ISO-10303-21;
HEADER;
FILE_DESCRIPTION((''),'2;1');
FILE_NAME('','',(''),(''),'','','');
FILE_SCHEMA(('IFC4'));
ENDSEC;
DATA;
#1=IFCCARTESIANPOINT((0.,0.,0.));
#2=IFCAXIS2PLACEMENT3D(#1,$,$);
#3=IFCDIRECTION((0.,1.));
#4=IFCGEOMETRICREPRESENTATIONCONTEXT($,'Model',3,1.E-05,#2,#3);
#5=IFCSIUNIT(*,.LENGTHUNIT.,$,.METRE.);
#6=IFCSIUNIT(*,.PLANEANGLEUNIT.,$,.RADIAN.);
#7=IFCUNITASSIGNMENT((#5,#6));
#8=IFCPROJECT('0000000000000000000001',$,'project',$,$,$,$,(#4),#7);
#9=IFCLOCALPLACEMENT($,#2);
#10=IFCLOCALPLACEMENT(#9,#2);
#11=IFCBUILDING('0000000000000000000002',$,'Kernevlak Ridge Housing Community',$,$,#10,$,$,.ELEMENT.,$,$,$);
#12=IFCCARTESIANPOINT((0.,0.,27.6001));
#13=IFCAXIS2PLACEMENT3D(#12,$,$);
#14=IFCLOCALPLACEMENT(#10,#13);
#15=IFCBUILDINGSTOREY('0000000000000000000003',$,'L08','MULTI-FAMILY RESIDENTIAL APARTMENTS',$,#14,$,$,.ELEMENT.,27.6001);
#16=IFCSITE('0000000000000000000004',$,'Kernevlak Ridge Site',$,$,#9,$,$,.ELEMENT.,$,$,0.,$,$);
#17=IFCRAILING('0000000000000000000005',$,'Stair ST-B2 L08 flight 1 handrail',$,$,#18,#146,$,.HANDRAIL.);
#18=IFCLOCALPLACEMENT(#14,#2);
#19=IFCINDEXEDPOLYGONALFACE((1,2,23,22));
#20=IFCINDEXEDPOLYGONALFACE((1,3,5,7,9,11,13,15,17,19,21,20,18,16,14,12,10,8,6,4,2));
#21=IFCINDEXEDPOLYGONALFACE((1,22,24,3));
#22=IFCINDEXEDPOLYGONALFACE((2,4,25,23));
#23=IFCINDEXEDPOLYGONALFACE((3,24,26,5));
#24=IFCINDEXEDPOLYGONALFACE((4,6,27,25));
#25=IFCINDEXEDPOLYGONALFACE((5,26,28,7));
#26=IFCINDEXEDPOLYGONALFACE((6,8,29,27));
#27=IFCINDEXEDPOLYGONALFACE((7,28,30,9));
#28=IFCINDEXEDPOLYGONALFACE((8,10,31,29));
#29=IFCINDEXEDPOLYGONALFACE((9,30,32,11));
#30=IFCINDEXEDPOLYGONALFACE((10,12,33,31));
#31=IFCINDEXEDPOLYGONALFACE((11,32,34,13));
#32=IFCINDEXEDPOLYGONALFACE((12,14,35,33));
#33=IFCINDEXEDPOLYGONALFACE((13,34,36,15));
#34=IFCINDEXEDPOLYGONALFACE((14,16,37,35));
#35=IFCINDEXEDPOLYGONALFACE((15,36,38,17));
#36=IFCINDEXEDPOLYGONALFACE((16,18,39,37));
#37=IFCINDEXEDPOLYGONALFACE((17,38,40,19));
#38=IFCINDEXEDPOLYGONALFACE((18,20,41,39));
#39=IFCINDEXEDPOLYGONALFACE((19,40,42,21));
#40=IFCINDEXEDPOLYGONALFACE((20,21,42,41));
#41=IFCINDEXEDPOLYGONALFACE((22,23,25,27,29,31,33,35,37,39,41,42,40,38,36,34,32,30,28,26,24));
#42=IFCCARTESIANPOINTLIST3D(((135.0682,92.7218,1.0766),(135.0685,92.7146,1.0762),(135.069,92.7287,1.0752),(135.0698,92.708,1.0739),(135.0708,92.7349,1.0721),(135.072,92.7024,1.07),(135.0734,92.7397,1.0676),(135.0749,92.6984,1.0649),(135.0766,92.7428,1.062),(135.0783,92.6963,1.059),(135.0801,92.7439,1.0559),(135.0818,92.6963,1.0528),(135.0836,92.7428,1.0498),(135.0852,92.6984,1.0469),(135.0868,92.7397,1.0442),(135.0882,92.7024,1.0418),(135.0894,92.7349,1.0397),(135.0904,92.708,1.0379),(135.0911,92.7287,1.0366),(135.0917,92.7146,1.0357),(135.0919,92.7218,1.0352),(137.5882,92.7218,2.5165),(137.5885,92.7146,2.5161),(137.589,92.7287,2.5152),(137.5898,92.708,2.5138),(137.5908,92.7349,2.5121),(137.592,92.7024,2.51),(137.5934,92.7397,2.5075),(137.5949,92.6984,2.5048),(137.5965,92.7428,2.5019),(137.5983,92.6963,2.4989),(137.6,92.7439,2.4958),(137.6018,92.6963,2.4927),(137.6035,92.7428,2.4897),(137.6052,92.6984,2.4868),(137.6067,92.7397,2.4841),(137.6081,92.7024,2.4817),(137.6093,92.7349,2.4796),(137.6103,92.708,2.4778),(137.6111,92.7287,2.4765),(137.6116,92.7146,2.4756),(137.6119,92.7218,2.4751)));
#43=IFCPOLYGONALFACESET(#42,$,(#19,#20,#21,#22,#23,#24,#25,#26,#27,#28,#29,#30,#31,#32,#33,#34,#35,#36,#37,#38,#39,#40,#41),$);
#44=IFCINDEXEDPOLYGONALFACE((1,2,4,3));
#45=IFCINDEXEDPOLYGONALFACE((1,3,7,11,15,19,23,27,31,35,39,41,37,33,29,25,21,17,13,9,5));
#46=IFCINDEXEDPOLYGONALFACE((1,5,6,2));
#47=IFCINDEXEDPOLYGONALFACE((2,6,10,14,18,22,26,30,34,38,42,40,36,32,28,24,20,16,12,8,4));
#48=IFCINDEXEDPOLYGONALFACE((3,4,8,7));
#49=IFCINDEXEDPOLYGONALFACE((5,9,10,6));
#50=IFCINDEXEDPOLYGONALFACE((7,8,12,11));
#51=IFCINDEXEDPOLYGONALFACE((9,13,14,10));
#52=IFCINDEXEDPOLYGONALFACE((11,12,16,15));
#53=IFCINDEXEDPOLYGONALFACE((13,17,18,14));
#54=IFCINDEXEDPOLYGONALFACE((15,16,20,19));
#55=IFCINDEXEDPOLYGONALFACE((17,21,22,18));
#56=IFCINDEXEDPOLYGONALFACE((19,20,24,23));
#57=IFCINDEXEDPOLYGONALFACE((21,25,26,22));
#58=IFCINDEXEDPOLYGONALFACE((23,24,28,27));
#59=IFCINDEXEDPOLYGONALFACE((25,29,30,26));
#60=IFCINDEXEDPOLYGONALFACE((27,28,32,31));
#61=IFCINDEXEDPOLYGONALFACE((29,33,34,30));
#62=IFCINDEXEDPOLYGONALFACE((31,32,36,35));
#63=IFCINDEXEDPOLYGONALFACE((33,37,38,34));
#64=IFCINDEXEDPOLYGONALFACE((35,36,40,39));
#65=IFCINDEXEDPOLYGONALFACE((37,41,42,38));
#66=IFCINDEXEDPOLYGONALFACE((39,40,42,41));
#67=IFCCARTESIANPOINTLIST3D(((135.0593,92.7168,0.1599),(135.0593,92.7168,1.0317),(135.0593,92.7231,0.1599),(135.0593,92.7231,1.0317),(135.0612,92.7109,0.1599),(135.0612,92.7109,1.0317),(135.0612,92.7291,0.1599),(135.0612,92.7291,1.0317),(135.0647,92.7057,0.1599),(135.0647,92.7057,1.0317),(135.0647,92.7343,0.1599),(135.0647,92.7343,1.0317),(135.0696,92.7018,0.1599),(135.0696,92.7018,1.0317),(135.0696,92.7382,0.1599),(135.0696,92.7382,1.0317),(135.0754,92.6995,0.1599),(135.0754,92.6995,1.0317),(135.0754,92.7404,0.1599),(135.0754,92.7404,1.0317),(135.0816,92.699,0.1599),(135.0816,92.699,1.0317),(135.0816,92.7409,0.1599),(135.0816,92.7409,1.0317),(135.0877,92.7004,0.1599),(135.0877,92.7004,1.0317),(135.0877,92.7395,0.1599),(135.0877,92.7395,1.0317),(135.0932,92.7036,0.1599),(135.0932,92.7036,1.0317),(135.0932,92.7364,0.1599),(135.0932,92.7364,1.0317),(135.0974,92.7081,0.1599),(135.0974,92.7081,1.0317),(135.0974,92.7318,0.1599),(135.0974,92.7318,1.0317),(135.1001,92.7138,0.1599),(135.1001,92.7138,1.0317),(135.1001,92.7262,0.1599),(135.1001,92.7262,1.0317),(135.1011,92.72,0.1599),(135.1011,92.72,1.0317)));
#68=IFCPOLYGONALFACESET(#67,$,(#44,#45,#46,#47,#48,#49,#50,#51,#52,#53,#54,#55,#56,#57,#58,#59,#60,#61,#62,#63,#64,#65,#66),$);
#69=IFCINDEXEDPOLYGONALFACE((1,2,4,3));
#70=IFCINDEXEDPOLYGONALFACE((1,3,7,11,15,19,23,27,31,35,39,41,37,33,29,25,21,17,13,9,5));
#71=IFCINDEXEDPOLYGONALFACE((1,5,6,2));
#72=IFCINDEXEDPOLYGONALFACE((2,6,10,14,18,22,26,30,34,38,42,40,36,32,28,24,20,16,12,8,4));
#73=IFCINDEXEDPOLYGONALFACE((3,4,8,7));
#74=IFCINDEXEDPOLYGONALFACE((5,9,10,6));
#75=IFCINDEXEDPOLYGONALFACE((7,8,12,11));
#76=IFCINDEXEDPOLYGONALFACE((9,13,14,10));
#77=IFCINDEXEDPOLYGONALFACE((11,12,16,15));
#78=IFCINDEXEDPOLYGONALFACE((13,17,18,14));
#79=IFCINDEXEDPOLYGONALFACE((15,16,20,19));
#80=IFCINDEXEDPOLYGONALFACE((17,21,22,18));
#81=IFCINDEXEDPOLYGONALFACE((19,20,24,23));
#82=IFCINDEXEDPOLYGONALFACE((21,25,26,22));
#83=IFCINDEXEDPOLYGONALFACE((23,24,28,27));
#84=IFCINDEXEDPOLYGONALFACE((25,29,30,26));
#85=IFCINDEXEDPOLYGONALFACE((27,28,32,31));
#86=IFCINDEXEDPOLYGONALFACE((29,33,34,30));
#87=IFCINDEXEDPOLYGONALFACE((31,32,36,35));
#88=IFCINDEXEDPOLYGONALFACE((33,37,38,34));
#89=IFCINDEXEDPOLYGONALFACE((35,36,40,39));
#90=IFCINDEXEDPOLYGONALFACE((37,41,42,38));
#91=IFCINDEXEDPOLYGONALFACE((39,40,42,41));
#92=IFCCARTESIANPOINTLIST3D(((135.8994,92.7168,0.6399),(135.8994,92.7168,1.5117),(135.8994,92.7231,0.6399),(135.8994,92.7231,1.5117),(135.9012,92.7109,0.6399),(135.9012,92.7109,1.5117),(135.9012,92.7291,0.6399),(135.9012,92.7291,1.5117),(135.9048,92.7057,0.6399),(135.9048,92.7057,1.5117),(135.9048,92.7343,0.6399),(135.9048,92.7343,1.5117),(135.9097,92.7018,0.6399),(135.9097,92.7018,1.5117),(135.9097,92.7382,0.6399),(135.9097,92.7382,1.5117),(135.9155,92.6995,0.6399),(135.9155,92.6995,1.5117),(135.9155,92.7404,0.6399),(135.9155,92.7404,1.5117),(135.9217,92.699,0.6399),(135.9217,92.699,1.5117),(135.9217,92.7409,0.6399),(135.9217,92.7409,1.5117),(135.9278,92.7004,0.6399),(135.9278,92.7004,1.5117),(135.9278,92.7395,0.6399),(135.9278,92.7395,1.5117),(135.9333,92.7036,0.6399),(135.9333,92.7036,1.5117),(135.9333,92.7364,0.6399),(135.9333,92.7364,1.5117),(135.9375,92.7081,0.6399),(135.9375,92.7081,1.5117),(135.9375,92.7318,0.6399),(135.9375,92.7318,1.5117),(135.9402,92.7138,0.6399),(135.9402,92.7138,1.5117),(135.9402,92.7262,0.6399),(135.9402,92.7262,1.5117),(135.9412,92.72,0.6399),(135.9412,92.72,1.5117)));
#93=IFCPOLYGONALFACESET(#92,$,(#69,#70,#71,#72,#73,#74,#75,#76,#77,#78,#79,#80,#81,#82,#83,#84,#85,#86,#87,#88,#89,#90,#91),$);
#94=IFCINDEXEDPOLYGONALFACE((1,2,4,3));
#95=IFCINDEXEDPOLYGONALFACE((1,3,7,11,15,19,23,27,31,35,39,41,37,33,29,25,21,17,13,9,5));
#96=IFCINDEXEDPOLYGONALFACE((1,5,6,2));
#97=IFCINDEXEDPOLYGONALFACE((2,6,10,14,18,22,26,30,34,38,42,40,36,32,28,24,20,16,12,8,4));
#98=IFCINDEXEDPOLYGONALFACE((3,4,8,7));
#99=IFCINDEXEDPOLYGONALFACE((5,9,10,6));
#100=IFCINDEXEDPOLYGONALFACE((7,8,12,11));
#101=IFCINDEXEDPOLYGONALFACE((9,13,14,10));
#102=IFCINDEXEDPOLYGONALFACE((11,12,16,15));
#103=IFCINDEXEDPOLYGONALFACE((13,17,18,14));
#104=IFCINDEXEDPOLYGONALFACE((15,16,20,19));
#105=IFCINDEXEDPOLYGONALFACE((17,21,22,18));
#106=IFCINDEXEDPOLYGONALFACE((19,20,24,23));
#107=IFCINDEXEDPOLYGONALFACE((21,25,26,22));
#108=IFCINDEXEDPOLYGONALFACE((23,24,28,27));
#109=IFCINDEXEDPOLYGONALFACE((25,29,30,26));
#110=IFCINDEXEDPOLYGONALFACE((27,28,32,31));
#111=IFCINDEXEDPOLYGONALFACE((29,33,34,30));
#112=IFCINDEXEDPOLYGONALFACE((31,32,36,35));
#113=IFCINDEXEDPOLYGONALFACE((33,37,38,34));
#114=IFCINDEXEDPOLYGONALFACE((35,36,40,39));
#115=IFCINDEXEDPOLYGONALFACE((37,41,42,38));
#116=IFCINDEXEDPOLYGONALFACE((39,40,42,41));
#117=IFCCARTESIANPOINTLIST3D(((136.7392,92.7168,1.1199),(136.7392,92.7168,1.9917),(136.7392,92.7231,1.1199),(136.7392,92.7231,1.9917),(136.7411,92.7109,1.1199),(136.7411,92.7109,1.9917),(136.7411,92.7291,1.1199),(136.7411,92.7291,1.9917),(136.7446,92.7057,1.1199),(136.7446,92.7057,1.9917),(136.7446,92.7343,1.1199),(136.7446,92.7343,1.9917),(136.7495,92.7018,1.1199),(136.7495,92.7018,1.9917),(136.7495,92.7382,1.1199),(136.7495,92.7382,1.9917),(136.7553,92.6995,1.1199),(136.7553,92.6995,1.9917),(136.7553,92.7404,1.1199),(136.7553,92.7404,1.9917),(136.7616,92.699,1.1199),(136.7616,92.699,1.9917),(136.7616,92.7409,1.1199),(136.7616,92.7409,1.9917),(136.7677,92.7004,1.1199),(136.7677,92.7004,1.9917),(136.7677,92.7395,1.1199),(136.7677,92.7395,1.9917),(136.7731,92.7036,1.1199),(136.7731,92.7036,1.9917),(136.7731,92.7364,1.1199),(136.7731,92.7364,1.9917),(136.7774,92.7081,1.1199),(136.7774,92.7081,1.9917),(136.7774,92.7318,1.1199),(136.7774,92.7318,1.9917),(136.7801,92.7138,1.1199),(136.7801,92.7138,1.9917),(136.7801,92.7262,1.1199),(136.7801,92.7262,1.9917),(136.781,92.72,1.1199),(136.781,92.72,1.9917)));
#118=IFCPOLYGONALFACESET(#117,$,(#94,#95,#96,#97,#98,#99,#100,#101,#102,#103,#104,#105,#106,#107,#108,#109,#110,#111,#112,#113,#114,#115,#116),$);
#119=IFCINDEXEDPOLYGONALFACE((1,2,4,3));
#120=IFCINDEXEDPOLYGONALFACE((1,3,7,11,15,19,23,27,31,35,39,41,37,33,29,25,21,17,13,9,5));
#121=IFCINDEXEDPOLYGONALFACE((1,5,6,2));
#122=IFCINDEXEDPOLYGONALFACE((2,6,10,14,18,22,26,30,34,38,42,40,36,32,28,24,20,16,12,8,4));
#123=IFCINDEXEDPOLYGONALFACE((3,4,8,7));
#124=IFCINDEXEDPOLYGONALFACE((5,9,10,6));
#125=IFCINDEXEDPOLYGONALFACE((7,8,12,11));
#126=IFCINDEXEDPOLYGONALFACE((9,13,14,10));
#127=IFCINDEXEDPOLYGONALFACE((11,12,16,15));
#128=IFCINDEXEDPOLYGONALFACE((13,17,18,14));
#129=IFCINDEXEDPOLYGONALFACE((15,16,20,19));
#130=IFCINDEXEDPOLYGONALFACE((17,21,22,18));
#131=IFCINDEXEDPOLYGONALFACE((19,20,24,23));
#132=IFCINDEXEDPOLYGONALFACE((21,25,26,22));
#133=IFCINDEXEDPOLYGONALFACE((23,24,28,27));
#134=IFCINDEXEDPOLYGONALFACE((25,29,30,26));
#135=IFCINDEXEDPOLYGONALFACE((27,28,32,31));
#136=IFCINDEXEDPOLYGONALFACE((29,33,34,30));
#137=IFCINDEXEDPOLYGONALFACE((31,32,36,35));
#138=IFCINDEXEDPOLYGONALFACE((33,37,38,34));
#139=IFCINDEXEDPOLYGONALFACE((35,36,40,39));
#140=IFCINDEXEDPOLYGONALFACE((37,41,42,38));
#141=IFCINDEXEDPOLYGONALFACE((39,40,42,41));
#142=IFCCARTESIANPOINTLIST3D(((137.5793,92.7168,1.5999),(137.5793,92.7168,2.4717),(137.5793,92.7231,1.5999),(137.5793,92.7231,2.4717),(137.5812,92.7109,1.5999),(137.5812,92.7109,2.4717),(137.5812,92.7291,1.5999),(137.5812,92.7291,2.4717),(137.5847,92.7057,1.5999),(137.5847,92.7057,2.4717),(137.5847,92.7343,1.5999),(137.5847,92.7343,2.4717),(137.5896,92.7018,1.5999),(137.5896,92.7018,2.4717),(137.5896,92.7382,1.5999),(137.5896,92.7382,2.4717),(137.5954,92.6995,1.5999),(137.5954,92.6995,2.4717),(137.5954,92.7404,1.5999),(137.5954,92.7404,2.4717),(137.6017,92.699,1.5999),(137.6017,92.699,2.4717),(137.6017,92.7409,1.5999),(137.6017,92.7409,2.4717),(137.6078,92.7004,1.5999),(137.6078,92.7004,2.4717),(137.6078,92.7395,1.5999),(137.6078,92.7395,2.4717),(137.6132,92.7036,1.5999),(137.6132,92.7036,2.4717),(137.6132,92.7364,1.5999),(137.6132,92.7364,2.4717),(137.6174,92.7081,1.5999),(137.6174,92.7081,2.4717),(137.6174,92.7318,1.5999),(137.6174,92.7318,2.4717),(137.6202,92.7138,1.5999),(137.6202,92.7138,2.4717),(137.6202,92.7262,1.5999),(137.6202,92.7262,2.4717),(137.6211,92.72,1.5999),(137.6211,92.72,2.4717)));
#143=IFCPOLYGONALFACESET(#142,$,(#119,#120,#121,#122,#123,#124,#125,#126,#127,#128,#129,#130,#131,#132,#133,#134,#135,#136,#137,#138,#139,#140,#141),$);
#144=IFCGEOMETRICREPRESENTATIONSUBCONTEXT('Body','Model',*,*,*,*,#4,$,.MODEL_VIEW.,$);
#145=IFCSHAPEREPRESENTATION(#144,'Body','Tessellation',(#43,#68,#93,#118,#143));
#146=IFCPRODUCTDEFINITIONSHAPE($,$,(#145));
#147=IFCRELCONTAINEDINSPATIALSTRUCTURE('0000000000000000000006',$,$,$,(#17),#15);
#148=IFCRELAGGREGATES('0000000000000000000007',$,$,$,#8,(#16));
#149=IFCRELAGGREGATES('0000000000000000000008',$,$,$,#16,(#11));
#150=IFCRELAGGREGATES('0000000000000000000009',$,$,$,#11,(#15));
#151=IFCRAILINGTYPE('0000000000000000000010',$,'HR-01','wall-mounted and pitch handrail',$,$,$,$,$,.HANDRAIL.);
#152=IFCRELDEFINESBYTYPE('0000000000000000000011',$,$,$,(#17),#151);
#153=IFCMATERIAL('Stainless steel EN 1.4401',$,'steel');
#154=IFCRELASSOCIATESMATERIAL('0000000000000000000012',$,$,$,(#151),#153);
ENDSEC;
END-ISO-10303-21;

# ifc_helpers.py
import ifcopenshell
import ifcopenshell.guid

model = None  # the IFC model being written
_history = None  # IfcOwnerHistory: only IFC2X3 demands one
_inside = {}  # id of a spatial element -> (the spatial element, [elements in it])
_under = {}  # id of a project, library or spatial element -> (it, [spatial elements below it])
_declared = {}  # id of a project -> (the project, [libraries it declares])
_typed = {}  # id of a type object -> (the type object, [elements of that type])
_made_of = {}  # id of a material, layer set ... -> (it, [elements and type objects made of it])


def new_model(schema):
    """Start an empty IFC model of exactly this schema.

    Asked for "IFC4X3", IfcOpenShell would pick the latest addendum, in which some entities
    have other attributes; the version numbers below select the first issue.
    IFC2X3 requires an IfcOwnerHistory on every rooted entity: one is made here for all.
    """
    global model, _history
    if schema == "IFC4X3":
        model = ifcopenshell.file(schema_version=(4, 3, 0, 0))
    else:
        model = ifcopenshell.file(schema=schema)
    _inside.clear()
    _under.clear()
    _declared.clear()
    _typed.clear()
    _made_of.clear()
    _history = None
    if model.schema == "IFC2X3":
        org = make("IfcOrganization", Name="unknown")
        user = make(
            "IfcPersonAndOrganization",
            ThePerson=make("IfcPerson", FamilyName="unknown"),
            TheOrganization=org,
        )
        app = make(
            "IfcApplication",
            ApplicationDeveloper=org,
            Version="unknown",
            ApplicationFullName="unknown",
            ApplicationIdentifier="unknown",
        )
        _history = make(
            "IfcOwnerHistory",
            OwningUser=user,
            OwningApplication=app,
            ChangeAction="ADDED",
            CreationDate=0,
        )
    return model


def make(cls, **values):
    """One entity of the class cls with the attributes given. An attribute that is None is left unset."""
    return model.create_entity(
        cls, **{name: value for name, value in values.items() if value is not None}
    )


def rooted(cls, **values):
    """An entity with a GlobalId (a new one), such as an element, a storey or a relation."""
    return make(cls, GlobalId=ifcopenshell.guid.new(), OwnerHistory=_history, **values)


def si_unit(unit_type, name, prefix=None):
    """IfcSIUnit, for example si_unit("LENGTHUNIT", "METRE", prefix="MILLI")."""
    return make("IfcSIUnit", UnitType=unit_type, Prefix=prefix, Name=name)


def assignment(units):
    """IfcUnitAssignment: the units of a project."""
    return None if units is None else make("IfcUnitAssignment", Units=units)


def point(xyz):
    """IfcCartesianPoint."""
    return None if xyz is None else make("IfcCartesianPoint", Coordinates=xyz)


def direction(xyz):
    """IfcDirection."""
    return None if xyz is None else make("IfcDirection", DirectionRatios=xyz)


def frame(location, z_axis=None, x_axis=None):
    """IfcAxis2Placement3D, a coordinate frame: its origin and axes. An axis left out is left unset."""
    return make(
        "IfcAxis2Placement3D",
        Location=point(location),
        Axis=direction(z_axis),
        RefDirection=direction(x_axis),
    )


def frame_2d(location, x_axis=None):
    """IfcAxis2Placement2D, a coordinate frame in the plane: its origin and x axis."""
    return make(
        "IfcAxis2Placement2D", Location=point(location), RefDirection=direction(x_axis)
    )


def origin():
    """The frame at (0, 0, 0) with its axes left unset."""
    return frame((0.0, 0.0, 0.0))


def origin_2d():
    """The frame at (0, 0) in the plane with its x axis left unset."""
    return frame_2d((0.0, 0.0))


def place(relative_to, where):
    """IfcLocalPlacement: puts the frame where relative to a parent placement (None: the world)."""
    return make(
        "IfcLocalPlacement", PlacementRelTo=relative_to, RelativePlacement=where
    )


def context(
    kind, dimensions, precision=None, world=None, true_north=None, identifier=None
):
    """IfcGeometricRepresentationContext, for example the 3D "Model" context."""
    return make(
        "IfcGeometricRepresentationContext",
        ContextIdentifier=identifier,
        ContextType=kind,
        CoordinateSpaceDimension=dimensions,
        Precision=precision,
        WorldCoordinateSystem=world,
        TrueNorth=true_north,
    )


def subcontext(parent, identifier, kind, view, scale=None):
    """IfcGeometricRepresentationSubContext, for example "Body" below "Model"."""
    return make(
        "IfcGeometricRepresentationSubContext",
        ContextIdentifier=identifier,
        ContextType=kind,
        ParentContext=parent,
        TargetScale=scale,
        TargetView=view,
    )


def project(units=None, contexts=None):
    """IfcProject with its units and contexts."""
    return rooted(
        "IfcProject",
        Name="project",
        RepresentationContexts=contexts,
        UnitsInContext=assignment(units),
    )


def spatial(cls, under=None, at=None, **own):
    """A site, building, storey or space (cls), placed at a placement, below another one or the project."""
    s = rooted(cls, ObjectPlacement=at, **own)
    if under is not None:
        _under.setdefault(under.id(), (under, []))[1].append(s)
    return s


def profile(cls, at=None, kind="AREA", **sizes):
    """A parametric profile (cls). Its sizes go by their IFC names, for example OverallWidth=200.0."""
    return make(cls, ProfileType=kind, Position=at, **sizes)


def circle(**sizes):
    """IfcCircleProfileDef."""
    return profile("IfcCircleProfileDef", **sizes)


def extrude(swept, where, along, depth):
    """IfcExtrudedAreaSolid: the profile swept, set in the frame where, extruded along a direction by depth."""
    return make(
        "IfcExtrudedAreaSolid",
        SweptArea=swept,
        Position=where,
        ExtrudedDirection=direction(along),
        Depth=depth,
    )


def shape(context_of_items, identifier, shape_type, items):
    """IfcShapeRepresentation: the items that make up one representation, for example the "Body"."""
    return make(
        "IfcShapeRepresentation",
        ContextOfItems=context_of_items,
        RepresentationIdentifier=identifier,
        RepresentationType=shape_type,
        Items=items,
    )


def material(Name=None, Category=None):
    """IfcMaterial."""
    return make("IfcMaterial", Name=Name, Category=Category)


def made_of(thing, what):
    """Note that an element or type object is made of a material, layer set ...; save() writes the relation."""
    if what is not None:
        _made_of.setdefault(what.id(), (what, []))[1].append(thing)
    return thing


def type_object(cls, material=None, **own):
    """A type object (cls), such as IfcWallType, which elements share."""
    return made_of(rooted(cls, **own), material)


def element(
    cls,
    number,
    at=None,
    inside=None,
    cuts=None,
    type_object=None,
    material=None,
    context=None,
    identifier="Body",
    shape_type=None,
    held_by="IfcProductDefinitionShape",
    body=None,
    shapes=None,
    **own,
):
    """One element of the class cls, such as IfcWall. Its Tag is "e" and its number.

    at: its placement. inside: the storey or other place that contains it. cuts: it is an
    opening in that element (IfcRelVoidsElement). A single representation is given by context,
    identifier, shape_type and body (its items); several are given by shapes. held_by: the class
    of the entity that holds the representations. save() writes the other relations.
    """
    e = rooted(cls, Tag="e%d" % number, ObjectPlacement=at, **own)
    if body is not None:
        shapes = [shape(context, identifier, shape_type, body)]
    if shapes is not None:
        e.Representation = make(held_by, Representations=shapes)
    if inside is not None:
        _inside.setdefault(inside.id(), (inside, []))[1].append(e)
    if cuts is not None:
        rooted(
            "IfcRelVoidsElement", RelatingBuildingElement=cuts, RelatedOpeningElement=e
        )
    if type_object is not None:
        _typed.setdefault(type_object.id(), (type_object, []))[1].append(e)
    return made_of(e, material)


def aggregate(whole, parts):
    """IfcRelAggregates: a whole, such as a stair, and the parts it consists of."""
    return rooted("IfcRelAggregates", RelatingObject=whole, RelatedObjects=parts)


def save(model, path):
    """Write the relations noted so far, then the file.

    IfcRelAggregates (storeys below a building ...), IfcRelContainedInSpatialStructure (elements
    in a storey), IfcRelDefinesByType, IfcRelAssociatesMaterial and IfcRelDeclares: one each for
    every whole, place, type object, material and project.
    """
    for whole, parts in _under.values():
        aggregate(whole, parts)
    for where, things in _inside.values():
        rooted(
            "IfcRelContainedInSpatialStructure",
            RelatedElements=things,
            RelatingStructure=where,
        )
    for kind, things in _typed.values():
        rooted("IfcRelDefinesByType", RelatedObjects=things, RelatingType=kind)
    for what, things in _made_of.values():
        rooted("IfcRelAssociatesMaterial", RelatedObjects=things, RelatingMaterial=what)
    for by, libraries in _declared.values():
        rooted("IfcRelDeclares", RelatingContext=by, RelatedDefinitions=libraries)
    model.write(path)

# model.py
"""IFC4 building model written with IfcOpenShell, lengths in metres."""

from ifc_helpers import new_model, si_unit, direction, frame, origin, origin_2d, place, context, subcontext, project, spatial, circle, extrude, material, type_object, element, save


model = new_model("IFC4")

# Units and contexts
model_context = context("Model", 3, precision=1e-05, world=origin(), true_north=direction((0.0, 1.0)))
body_context = subcontext(model_context, "Body", "Model", "MODEL_VIEW")
ifc_project = project(units=[si_unit("LENGTHUNIT", "METRE"), si_unit("PLANEANGLEUNIT", "RADIAN")], contexts=[model_context])

# Site, building, storey
site_placement = place(None, origin())
site = spatial("IfcSite", under=ifc_project, at=site_placement, Name="Kernevlak Ridge Site", CompositionType="ELEMENT", RefElevation=0.0)
building_placement = place(site_placement, origin())
building = spatial("IfcBuilding", under=site, at=building_placement, Name="Kernevlak Ridge Housing Community", CompositionType="ELEMENT")
storey_placement = place(building_placement, frame((0.0, 0.0, 27.6001)))
storey = spatial("IfcBuildingStorey", under=building, at=storey_placement, Name="L08", Description="MULTI-FAMILY RESIDENTIAL APARTMENTS", CompositionType="ELEMENT", Elevation=27.6001)

# Railing
ifc_material_1 = material(Name="Stainless steel EN 1.4401", Category="steel")
railing_type_1 = type_object("IfcRailingType", Name="HR-01", Description="wall-mounted and pitch handrail", PredefinedType="HANDRAIL", material=ifc_material_1)
railing_1_placement = place(storey_placement, frame((135.0801, 92.72, 0.1599)))
element("IfcRailing", 1, at=railing_1_placement, inside=storey, type_object=railing_type_1, Name="Stair ST-B2 L08 flight 1 handrail", PredefinedType="HANDRAIL", context=body_context, shape_type="SweptSolid", body=[
    extrude(circle(Radius=0.0239, at=origin_2d()), frame((0.0, 0.0, 0.896), z_axis=(0.868253, 0.0, 0.496121), x_axis=(0.0, 1.0, 0.0)), (0.0, 0.0, 1.0), 2.9023),
    extrude(circle(Radius=0.021, at=origin_2d()), origin(), (0.0, 0.0, 1.0), 0.8718),
    extrude(circle(Radius=0.021, at=origin_2d()), frame((0.8401, 0.0, 0.48)), (0.0, 0.0, 1.0), 0.8718),
    extrude(circle(Radius=0.021, at=origin_2d()), frame((1.6799, 0.0, 0.96)), (0.0, 0.0, 1.0), 0.8718),
    extrude(circle(Radius=0.021, at=origin_2d()), frame((2.52, 0.0, 1.4399)), (0.0, 0.0, 1.0), 0.8718),
])

save(model, "model.ifc")
